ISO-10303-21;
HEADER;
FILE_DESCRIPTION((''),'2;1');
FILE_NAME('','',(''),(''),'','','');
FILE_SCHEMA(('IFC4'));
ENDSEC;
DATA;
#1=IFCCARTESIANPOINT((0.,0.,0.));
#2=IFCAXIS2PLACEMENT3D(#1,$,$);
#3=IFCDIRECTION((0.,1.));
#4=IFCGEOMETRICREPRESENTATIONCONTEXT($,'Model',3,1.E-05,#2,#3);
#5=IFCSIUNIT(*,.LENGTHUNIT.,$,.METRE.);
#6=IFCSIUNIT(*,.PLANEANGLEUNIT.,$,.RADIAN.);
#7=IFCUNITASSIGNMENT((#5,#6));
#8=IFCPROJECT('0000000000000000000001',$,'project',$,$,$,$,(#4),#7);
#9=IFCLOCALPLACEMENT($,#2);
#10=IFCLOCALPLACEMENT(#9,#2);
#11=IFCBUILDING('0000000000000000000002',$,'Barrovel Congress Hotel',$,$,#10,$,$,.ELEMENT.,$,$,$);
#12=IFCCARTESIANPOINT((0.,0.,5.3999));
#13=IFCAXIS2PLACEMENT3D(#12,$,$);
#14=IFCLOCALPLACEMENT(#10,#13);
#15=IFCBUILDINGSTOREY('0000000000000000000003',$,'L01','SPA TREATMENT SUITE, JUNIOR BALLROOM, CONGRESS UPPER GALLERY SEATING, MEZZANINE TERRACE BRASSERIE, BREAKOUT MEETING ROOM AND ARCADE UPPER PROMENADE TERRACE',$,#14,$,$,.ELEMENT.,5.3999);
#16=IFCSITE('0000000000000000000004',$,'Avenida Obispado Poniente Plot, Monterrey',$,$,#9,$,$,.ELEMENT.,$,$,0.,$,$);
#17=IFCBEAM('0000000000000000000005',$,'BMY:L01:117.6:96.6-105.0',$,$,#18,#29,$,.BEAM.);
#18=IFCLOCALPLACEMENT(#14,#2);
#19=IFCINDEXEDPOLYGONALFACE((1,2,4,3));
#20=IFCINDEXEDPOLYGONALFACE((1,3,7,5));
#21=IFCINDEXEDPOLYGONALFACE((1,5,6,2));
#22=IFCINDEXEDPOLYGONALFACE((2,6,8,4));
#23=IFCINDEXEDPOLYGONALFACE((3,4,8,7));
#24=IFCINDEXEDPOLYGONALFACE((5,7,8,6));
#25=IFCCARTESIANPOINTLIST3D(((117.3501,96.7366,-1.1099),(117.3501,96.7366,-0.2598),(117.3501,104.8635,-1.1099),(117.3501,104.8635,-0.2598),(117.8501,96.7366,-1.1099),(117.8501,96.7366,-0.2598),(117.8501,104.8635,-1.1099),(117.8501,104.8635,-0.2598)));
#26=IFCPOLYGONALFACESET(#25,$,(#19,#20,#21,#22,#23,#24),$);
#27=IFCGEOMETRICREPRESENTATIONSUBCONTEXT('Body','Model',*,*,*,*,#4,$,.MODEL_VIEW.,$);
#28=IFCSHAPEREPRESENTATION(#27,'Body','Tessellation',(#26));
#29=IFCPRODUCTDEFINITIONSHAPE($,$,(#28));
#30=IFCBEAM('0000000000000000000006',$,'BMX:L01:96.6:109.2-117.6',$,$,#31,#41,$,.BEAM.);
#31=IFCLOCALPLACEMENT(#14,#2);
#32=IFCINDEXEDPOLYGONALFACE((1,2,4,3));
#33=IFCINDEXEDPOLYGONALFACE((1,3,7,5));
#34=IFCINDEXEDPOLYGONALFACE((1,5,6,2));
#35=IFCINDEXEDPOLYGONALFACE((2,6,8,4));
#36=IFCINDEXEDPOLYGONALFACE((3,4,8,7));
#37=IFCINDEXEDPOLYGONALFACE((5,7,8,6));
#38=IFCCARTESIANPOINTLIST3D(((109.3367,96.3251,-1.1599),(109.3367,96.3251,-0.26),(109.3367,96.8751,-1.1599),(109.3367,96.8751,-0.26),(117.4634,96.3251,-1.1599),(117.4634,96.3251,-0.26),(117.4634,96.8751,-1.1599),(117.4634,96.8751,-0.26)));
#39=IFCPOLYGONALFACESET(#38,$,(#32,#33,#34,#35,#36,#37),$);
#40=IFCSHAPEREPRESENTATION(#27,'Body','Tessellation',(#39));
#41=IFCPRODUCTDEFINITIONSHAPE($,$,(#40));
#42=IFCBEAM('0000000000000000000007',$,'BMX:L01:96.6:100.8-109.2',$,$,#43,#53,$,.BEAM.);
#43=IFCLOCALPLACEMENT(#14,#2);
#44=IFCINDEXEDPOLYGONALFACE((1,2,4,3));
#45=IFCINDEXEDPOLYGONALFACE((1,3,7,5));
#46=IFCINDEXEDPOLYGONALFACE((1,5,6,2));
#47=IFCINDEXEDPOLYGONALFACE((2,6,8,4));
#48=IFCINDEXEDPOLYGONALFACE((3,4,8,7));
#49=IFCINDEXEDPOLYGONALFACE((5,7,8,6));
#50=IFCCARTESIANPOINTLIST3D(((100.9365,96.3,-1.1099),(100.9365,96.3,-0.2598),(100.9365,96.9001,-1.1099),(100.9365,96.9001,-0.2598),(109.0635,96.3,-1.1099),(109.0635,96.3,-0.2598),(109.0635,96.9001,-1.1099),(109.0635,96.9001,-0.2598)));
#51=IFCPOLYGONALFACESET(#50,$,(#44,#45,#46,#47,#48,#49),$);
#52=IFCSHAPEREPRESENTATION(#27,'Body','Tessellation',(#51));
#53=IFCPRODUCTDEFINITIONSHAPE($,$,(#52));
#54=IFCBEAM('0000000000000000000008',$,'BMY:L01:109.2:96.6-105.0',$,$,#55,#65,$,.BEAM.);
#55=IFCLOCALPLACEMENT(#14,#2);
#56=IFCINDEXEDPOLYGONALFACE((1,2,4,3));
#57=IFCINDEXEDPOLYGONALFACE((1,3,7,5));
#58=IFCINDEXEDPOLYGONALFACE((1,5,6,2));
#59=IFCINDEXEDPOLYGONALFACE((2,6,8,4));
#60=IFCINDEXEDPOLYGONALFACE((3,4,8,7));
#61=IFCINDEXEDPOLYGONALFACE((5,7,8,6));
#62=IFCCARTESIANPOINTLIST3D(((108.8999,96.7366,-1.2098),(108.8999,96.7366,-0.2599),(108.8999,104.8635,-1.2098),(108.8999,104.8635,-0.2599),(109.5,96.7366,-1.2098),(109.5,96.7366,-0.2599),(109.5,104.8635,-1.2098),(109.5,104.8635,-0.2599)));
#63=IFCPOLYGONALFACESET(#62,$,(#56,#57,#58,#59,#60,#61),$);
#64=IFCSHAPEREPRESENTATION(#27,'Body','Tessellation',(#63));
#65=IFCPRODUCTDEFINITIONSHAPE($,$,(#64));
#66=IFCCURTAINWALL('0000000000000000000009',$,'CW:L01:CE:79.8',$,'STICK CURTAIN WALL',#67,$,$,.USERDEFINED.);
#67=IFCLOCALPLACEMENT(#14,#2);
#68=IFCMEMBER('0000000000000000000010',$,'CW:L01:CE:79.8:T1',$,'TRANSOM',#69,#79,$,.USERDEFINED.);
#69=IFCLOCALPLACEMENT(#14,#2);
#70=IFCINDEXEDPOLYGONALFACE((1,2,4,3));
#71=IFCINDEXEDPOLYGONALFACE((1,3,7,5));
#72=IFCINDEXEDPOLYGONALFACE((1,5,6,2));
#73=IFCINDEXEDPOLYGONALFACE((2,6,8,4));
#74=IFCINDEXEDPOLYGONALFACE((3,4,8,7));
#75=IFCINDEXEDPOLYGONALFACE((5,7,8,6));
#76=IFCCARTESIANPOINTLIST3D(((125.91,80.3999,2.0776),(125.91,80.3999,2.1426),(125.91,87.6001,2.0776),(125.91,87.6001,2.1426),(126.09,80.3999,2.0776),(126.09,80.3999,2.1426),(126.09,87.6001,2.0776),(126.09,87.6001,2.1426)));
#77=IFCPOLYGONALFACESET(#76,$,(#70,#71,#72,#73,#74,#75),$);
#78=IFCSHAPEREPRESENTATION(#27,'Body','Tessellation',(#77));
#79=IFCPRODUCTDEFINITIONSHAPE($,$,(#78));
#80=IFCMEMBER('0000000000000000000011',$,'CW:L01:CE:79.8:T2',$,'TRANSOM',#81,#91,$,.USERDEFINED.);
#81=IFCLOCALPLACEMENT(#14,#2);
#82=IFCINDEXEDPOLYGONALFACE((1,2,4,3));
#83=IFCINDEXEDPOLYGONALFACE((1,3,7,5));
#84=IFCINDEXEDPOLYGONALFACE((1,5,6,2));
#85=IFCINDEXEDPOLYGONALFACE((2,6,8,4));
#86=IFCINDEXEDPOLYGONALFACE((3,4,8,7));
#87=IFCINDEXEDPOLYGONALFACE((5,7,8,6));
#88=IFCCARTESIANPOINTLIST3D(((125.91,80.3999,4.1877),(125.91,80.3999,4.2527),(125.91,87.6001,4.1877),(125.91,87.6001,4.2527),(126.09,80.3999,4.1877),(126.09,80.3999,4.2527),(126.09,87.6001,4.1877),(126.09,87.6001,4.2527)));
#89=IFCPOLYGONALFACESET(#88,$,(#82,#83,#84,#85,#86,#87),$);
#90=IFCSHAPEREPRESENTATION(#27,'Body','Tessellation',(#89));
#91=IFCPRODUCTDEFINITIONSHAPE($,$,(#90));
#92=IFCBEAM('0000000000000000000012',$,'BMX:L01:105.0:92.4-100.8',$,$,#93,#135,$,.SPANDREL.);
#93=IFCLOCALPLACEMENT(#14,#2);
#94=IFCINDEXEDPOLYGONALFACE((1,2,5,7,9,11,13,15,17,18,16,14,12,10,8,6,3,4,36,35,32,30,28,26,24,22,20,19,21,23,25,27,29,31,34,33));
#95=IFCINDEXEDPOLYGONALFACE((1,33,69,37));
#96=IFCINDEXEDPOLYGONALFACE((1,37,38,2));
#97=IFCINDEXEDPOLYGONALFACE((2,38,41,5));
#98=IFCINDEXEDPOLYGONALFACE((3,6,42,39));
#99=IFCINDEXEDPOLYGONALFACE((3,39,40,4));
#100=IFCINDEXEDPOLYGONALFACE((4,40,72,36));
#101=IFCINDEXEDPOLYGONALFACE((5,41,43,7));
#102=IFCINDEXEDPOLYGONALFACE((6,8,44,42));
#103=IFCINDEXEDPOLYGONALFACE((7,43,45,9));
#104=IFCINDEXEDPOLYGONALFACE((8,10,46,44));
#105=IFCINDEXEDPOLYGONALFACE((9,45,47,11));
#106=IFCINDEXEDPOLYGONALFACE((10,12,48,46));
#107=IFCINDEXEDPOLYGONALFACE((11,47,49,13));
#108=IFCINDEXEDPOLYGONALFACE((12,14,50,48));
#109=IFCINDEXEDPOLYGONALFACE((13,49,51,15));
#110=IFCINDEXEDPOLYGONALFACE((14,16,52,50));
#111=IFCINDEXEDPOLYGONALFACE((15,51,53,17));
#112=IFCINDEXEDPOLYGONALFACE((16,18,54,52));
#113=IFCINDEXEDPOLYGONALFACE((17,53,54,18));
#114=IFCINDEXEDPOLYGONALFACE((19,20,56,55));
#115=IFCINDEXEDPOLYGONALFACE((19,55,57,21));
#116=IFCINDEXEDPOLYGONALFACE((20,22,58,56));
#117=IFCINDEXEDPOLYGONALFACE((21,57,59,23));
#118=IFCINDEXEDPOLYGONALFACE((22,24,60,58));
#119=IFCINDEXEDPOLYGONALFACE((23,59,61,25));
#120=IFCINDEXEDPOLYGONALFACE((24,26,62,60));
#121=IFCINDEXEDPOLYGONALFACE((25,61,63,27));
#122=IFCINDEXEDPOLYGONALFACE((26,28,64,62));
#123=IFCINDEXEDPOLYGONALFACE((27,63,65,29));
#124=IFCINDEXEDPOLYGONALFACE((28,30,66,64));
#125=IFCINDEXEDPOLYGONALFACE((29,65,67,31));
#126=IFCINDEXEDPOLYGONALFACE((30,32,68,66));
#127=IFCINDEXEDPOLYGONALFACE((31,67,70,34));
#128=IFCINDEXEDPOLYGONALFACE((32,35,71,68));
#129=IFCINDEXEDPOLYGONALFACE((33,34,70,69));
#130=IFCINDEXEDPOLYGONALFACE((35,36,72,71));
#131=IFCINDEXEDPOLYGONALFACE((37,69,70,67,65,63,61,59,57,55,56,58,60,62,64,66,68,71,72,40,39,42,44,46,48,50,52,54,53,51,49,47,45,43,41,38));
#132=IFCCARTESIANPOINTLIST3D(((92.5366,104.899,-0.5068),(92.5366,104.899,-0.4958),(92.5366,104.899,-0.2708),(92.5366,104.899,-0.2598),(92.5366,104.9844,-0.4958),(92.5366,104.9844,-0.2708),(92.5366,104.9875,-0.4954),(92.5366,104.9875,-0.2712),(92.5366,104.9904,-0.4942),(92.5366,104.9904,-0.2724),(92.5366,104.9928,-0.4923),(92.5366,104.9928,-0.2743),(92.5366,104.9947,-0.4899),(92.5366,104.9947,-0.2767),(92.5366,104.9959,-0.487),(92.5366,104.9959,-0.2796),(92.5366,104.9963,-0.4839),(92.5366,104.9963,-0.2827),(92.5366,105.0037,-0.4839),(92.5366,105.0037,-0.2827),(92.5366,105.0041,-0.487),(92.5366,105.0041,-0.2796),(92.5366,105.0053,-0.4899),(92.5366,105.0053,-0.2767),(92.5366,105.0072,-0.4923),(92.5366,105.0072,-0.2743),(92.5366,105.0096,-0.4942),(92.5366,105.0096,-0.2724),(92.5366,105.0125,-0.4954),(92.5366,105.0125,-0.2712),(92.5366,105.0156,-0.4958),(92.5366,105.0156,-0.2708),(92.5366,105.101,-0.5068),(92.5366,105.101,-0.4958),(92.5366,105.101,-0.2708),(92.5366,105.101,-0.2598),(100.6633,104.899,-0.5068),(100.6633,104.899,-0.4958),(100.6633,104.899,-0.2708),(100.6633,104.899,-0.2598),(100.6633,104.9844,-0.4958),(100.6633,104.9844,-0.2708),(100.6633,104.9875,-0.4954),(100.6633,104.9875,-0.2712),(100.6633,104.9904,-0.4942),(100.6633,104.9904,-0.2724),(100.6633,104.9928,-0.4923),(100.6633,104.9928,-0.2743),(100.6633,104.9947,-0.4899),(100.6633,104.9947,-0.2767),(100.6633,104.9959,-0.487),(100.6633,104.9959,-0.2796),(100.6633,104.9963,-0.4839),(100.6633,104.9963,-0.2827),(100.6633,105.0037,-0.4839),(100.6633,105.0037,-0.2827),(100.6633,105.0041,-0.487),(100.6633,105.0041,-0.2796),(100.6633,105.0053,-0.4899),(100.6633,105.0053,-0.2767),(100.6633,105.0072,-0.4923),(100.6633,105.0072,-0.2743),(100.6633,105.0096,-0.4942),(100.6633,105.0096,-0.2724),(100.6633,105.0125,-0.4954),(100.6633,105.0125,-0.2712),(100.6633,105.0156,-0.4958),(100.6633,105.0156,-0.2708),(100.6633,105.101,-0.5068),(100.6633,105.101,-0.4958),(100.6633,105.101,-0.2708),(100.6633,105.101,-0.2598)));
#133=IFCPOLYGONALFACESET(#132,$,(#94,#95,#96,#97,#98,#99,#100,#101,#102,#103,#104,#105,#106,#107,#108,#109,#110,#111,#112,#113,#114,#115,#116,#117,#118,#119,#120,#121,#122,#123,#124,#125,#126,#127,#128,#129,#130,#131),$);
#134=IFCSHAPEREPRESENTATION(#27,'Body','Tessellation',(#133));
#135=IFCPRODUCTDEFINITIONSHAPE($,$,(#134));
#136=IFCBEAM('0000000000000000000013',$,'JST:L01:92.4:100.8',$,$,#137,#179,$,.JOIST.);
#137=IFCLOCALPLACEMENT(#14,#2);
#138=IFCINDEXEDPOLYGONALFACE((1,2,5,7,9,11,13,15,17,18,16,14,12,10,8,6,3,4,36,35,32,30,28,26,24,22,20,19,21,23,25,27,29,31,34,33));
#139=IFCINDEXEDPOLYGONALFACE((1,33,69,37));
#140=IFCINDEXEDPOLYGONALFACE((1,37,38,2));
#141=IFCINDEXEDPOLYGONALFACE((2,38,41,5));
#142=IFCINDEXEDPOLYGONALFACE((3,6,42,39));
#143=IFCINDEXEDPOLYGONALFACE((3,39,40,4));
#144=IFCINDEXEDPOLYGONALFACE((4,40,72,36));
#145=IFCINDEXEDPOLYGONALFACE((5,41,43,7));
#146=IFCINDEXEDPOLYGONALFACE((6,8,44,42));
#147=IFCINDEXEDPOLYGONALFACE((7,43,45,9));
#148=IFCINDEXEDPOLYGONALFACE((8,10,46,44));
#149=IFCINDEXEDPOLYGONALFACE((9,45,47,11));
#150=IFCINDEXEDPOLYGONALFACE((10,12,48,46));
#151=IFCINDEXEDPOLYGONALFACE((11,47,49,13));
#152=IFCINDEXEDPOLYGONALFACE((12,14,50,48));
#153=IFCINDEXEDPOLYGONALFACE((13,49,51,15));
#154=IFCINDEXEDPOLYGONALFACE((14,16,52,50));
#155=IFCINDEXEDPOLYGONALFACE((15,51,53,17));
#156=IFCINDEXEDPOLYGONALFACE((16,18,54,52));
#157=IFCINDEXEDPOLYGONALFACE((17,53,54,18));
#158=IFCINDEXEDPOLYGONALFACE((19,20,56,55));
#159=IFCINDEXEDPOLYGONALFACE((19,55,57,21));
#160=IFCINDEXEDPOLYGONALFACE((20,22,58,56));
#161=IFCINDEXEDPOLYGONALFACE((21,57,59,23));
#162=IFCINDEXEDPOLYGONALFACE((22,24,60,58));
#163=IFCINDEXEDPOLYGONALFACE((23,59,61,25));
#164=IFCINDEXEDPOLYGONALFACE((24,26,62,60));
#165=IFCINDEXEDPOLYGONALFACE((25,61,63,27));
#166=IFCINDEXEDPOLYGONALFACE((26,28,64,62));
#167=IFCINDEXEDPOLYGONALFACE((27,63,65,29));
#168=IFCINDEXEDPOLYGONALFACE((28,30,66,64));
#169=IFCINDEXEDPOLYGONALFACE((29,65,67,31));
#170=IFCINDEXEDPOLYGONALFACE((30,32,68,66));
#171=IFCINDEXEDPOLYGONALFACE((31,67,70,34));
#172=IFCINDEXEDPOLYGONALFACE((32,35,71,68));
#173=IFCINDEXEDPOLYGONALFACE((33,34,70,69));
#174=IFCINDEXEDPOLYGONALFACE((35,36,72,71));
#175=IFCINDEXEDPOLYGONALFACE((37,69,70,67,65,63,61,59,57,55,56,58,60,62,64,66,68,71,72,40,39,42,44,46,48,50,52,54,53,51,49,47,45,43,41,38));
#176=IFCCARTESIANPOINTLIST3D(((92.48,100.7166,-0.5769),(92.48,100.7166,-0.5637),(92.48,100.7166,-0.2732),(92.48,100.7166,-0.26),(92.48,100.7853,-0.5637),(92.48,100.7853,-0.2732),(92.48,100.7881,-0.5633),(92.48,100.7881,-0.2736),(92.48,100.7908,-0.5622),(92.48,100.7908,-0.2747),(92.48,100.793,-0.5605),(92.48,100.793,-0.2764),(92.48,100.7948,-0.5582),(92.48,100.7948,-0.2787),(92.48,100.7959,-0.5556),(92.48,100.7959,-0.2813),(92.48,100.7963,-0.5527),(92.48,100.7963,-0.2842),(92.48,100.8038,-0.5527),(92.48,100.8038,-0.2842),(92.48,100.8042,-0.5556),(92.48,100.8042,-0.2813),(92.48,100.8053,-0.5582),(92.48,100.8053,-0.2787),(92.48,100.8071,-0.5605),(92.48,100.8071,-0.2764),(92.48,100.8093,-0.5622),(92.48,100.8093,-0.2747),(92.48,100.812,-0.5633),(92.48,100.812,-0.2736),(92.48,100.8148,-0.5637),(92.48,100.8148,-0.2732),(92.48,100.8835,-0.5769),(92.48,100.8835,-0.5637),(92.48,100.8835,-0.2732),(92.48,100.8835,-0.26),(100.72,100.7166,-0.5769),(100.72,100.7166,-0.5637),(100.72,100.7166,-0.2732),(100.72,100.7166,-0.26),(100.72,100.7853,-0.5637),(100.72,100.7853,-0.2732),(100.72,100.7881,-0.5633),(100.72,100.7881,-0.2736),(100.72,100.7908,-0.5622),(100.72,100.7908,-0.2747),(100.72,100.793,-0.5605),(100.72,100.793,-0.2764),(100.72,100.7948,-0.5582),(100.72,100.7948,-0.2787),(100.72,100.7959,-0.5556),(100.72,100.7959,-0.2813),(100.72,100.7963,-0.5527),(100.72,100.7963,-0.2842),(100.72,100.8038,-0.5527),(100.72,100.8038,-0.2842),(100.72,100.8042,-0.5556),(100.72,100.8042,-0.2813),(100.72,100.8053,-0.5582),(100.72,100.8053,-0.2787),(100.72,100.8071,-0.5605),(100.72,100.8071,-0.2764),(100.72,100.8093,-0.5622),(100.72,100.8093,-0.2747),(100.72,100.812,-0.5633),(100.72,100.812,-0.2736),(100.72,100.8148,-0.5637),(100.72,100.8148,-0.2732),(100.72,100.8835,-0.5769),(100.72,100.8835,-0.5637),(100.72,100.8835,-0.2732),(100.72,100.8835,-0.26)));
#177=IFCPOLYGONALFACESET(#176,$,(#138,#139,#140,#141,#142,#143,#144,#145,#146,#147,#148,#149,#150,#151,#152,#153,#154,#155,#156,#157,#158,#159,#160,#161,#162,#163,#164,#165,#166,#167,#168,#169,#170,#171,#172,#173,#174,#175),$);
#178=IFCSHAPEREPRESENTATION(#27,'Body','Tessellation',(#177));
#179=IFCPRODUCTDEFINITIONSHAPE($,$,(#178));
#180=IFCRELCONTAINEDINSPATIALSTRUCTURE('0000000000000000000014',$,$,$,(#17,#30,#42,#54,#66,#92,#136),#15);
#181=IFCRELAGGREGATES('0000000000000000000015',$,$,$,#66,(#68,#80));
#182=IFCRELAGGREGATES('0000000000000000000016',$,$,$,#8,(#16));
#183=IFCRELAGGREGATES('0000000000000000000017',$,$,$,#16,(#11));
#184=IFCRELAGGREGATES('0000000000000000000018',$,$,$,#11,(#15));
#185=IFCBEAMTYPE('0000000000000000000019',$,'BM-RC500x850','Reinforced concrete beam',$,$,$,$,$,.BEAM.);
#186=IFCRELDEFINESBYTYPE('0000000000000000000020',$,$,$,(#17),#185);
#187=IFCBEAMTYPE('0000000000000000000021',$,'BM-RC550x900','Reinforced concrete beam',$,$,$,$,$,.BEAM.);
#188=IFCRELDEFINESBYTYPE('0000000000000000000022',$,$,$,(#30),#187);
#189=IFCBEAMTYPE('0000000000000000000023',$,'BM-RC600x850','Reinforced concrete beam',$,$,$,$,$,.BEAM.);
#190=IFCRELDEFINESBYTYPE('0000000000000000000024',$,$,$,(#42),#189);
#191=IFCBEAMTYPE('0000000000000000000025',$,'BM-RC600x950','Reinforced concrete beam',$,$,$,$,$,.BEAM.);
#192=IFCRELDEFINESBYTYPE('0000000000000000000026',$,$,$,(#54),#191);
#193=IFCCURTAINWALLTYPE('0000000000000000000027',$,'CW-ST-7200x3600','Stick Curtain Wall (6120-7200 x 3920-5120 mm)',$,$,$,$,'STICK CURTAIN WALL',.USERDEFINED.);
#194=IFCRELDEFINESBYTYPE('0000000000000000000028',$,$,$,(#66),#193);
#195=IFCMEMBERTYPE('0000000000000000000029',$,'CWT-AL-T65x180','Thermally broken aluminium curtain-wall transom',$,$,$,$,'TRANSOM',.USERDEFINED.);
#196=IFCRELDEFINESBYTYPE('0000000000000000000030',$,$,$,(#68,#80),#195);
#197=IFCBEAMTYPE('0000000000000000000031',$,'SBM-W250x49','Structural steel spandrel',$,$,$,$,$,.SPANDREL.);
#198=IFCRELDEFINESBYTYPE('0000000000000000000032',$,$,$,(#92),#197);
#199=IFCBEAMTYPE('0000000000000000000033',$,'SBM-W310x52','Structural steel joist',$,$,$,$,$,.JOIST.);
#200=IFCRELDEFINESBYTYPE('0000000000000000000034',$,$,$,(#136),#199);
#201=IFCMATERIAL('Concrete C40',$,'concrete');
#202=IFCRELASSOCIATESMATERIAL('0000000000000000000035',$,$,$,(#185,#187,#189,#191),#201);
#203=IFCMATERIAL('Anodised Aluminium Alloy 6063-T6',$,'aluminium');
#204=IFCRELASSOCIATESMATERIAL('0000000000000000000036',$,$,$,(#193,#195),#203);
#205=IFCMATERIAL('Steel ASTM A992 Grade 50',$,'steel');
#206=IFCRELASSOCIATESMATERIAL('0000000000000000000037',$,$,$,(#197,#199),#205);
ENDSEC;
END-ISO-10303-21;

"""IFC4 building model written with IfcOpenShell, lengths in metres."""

from ifc_helpers import new_model, si_unit, direction, frame, origin, origin_2d, place, context, subcontext, project, spatial, rectangle, i_section, extrude, material, material_profile, profile_set, type_object, element, aggregate, save


model = new_model("IFC4")

# Units and contexts
model_context = context("Model", 3, precision=1e-05, world=origin(), true_north=direction((0.0, 1.0)))
body_context = subcontext(model_context, "Body", "Model", "MODEL_VIEW")
ifc_project = project(units=[si_unit("LENGTHUNIT", "METRE"), si_unit("PLANEANGLEUNIT", "RADIAN")], contexts=[model_context])

# Site, building, storey
site_placement = place(None, origin())
site = spatial("IfcSite", under=ifc_project, at=site_placement, Name="Avenida Obispado Poniente Plot, Monterrey", CompositionType="ELEMENT", RefElevation=0.0)
building_placement = place(site_placement, origin())
building = spatial("IfcBuilding", under=site, at=building_placement, Name="Barrovel Congress Hotel", CompositionType="ELEMENT")
storey_placement = place(building_placement, frame((0.0, 0.0, 5.3999)))
storey = spatial("IfcBuildingStorey", under=building, at=storey_placement, Name="L01", Description="SPA TREATMENT SUITE, JUNIOR BALLROOM, CONGRESS UPPER GALLERY SEATING, MEZZANINE TERRACE BRASSERIE, BREAKOUT MEETING ROOM AND ARCADE UPPER PROMENADE TERRACE", CompositionType="ELEMENT", Elevation=5.3999)

# Shared definitions
ifc_material_1 = material(Name="Concrete C40", Category="concrete")

# Beams
ifc_material_profile_1 = material_profile(ifc_material_1, rectangle(XDim=0.5, YDim=0.8501, at=origin_2d()), Name="RC500x850")
ifc_profile_set_1 = profile_set([ifc_material_profile_1], Name="Concrete C40")
beam_type_1 = type_object("IfcBeamType", Name="BM-RC500x850", Description="Reinforced concrete beam", PredefinedType="BEAM", material=ifc_profile_set_1)
beam_1_placement = place(storey_placement, frame((117.6001, 96.7366, -0.6848), z_axis=(0.0, 1.0, 0.0), x_axis=(-1.0, 0.0, 0.0)))
element("IfcBeam", 1, at=beam_1_placement, inside=storey, type_object=beam_type_1, Name="BMY:L01:117.6:96.6-105.0", PredefinedType="BEAM", context=body_context, shape_type="SweptSolid", body=[
    extrude(rectangle(XDim=0.5, YDim=0.8501, at=origin_2d()), origin(), (0.0, 0.0, 1.0), 8.127),
])
ifc_material_profile_2 = material_profile(ifc_material_1, rectangle(XDim=0.55, YDim=0.8999, at=origin_2d()), Name="RC550x900")
ifc_profile_set_2 = profile_set([ifc_material_profile_2], Name="Concrete C40")
beam_type_2 = type_object("IfcBeamType", Name="BM-RC550x900", Description="Reinforced concrete beam", PredefinedType="BEAM", material=ifc_profile_set_2)
beam_2_placement = place(storey_placement, frame((109.3367, 96.6001, -0.71), z_axis=(1.0, 0.0, 0.0), x_axis=(0.0, 1.0, 0.0)))
element("IfcBeam", 2, at=beam_2_placement, inside=storey, type_object=beam_type_2, Name="BMX:L01:96.6:109.2-117.6", PredefinedType="BEAM", context=body_context, shape_type="SweptSolid", body=[
    extrude(rectangle(XDim=0.55, YDim=0.8999, at=origin_2d()), origin(), (0.0, 0.0, 1.0), 8.1267),
])
ifc_material_profile_3 = material_profile(ifc_material_1, rectangle(XDim=0.6001, YDim=0.8501, at=origin_2d()), Name="RC600x850")
ifc_profile_set_3 = profile_set([ifc_material_profile_3], Name="Concrete C40")
beam_type_3 = type_object("IfcBeamType", Name="BM-RC600x850", Description="Reinforced concrete beam", PredefinedType="BEAM", material=ifc_profile_set_3)
beam_3_placement = place(storey_placement, frame((100.9365, 96.6001, -0.6848), z_axis=(1.0, 0.0, 0.0), x_axis=(0.0, 1.0, 0.0)))
element("IfcBeam", 3, at=beam_3_placement, inside=storey, type_object=beam_type_3, Name="BMX:L01:96.6:100.8-109.2", PredefinedType="BEAM", context=body_context, shape_type="SweptSolid", body=[
    extrude(rectangle(XDim=0.6001, YDim=0.8501, at=origin_2d()), origin(), (0.0, 0.0, 1.0), 8.127),
])
ifc_material_profile_4 = material_profile(ifc_material_1, rectangle(XDim=0.6001, YDim=0.95, at=origin_2d()), Name="RC600x950")
ifc_profile_set_4 = profile_set([ifc_material_profile_4], Name="Concrete C40")
beam_type_4 = type_object("IfcBeamType", Name="BM-RC600x950", Description="Reinforced concrete beam", PredefinedType="BEAM", material=ifc_profile_set_4)
beam_4_placement = place(storey_placement, frame((109.2, 96.7366, -0.7349), z_axis=(0.0, 1.0, 0.0), x_axis=(-1.0, 0.0, 0.0)))
element("IfcBeam", 4, at=beam_4_placement, inside=storey, type_object=beam_type_4, Name="BMY:L01:109.2:96.6-105.0", PredefinedType="BEAM", context=body_context, shape_type="SweptSolid", body=[
    extrude(rectangle(XDim=0.6001, YDim=0.95, at=origin_2d()), origin(), (0.0, 0.0, 1.0), 8.127),
])

# Curtain wall, members
ifc_material_2 = material(Name="Anodised Aluminium Alloy 6063-T6", Category="aluminium")
curtain_wall_type = type_object("IfcCurtainWallType", Name="CW-ST-7200x3600", Description="Stick Curtain Wall (6120-7200 x 3920-5120 mm)", ElementType="STICK CURTAIN WALL", PredefinedType="USERDEFINED", material=ifc_material_2)
curtain_wall_placement = place(storey_placement, origin())
curtain_wall = element("IfcCurtainWall", 5, at=curtain_wall_placement, inside=storey, type_object=curtain_wall_type, Name="CW:L01:CE:79.8", ObjectType="STICK CURTAIN WALL", PredefinedType="USERDEFINED")
ifc_material_profile_5 = material_profile(ifc_material_2, rectangle(XDim=0.1799, YDim=0.0649, at=origin_2d()), Name="AL-T65x180")
ifc_profile_set_5 = profile_set([ifc_material_profile_5], Name="Anodised Aluminium Alloy 6063-T6")
member_type = type_object("IfcMemberType", Name="CWT-AL-T65x180", Description="Thermally broken aluminium curtain-wall transom", ElementType="TRANSOM", PredefinedType="USERDEFINED", material=ifc_profile_set_5)
member_1_placement = place(storey_placement, frame((126.0, 87.6001, 2.1101), z_axis=(0.0, -1.0, 0.0), x_axis=(1.0, 0.0, 0.0)))
member_1 = element("IfcMember", 6, at=member_1_placement, type_object=member_type, Name="CW:L01:CE:79.8:T1", ObjectType="TRANSOM", PredefinedType="USERDEFINED", context=body_context, shape_type="SweptSolid", body=[
    extrude(rectangle(XDim=0.1799, YDim=0.0649, at=origin_2d()), origin(), (0.0, 0.0, 1.0), 7.2002),
])
member_2_placement = place(storey_placement, frame((126.0, 87.6001, 4.2202), z_axis=(0.0, -1.0, 0.0), x_axis=(1.0, 0.0, 0.0)))
member_2 = element("IfcMember", 7, at=member_2_placement, type_object=member_type, Name="CW:L01:CE:79.8:T2", ObjectType="TRANSOM", PredefinedType="USERDEFINED", context=body_context, shape_type="SweptSolid", body=[
    extrude(rectangle(XDim=0.1799, YDim=0.0649, at=origin_2d()), origin(), (0.0, 0.0, 1.0), 7.2002),
])
aggregate(curtain_wall, [member_1, member_2])

# Beams
ifc_material_3 = material(Name="Steel ASTM A992 Grade 50", Category="steel")
ifc_material_profile_6 = material_profile(ifc_material_3, i_section(OverallWidth=0.2019, OverallDepth=0.2471, WebThickness=0.0073, FlangeThickness=0.011, FilletRadius=0.012, at=origin_2d()), Name="W250x49")
ifc_profile_set_6 = profile_set([ifc_material_profile_6], Name="Steel ASTM A992 Grade 50")
beam_type_5 = type_object("IfcBeamType", Name="SBM-W250x49", Description="Structural steel spandrel", PredefinedType="SPANDREL", material=ifc_profile_set_6)
beam_5_placement = place(storey_placement, frame((92.5366, 105.0, -0.3833), z_axis=(1.0, 0.0, 0.0), x_axis=(0.0, 1.0, 0.0)))
element("IfcBeam", 8, at=beam_5_placement, inside=storey, type_object=beam_type_5, Name="BMX:L01:105.0:92.4-100.8", PredefinedType="SPANDREL", context=body_context, shape_type="SweptSolid", body=[
    extrude(i_section(OverallWidth=0.2019, OverallDepth=0.2471, WebThickness=0.0073, FlangeThickness=0.011, FilletRadius=0.012, at=origin_2d()), origin(), (0.0, 0.0, 1.0), 8.1267),
])
ifc_material_profile_7 = material_profile(ifc_material_3, i_section(OverallWidth=0.167, OverallDepth=0.3169, WebThickness=0.0076, FlangeThickness=0.0132, FilletRadius=0.011, at=origin_2d()), Name="W310x52")
ifc_profile_set_7 = profile_set([ifc_material_profile_7], Name="Steel ASTM A992 Grade 50")
beam_type_6 = type_object("IfcBeamType", Name="SBM-W310x52", Description="Structural steel joist", PredefinedType="JOIST", material=ifc_profile_set_7)
beam_6_placement = place(storey_placement, frame((92.48, 100.8, -0.4185), z_axis=(1.0, 0.0, 0.0), x_axis=(0.0, 1.0, 0.0)))
element("IfcBeam", 9, at=beam_6_placement, inside=storey, type_object=beam_type_6, Name="JST:L01:92.4:100.8", PredefinedType="JOIST", context=body_context, shape_type="SweptSolid", body=[
    extrude(i_section(OverallWidth=0.167, OverallDepth=0.3169, WebThickness=0.0076, FlangeThickness=0.0132, FilletRadius=0.011, at=origin_2d()), origin(), (0.0, 0.0, 1.0), 8.24),
])

save(model, "model.ifc")
